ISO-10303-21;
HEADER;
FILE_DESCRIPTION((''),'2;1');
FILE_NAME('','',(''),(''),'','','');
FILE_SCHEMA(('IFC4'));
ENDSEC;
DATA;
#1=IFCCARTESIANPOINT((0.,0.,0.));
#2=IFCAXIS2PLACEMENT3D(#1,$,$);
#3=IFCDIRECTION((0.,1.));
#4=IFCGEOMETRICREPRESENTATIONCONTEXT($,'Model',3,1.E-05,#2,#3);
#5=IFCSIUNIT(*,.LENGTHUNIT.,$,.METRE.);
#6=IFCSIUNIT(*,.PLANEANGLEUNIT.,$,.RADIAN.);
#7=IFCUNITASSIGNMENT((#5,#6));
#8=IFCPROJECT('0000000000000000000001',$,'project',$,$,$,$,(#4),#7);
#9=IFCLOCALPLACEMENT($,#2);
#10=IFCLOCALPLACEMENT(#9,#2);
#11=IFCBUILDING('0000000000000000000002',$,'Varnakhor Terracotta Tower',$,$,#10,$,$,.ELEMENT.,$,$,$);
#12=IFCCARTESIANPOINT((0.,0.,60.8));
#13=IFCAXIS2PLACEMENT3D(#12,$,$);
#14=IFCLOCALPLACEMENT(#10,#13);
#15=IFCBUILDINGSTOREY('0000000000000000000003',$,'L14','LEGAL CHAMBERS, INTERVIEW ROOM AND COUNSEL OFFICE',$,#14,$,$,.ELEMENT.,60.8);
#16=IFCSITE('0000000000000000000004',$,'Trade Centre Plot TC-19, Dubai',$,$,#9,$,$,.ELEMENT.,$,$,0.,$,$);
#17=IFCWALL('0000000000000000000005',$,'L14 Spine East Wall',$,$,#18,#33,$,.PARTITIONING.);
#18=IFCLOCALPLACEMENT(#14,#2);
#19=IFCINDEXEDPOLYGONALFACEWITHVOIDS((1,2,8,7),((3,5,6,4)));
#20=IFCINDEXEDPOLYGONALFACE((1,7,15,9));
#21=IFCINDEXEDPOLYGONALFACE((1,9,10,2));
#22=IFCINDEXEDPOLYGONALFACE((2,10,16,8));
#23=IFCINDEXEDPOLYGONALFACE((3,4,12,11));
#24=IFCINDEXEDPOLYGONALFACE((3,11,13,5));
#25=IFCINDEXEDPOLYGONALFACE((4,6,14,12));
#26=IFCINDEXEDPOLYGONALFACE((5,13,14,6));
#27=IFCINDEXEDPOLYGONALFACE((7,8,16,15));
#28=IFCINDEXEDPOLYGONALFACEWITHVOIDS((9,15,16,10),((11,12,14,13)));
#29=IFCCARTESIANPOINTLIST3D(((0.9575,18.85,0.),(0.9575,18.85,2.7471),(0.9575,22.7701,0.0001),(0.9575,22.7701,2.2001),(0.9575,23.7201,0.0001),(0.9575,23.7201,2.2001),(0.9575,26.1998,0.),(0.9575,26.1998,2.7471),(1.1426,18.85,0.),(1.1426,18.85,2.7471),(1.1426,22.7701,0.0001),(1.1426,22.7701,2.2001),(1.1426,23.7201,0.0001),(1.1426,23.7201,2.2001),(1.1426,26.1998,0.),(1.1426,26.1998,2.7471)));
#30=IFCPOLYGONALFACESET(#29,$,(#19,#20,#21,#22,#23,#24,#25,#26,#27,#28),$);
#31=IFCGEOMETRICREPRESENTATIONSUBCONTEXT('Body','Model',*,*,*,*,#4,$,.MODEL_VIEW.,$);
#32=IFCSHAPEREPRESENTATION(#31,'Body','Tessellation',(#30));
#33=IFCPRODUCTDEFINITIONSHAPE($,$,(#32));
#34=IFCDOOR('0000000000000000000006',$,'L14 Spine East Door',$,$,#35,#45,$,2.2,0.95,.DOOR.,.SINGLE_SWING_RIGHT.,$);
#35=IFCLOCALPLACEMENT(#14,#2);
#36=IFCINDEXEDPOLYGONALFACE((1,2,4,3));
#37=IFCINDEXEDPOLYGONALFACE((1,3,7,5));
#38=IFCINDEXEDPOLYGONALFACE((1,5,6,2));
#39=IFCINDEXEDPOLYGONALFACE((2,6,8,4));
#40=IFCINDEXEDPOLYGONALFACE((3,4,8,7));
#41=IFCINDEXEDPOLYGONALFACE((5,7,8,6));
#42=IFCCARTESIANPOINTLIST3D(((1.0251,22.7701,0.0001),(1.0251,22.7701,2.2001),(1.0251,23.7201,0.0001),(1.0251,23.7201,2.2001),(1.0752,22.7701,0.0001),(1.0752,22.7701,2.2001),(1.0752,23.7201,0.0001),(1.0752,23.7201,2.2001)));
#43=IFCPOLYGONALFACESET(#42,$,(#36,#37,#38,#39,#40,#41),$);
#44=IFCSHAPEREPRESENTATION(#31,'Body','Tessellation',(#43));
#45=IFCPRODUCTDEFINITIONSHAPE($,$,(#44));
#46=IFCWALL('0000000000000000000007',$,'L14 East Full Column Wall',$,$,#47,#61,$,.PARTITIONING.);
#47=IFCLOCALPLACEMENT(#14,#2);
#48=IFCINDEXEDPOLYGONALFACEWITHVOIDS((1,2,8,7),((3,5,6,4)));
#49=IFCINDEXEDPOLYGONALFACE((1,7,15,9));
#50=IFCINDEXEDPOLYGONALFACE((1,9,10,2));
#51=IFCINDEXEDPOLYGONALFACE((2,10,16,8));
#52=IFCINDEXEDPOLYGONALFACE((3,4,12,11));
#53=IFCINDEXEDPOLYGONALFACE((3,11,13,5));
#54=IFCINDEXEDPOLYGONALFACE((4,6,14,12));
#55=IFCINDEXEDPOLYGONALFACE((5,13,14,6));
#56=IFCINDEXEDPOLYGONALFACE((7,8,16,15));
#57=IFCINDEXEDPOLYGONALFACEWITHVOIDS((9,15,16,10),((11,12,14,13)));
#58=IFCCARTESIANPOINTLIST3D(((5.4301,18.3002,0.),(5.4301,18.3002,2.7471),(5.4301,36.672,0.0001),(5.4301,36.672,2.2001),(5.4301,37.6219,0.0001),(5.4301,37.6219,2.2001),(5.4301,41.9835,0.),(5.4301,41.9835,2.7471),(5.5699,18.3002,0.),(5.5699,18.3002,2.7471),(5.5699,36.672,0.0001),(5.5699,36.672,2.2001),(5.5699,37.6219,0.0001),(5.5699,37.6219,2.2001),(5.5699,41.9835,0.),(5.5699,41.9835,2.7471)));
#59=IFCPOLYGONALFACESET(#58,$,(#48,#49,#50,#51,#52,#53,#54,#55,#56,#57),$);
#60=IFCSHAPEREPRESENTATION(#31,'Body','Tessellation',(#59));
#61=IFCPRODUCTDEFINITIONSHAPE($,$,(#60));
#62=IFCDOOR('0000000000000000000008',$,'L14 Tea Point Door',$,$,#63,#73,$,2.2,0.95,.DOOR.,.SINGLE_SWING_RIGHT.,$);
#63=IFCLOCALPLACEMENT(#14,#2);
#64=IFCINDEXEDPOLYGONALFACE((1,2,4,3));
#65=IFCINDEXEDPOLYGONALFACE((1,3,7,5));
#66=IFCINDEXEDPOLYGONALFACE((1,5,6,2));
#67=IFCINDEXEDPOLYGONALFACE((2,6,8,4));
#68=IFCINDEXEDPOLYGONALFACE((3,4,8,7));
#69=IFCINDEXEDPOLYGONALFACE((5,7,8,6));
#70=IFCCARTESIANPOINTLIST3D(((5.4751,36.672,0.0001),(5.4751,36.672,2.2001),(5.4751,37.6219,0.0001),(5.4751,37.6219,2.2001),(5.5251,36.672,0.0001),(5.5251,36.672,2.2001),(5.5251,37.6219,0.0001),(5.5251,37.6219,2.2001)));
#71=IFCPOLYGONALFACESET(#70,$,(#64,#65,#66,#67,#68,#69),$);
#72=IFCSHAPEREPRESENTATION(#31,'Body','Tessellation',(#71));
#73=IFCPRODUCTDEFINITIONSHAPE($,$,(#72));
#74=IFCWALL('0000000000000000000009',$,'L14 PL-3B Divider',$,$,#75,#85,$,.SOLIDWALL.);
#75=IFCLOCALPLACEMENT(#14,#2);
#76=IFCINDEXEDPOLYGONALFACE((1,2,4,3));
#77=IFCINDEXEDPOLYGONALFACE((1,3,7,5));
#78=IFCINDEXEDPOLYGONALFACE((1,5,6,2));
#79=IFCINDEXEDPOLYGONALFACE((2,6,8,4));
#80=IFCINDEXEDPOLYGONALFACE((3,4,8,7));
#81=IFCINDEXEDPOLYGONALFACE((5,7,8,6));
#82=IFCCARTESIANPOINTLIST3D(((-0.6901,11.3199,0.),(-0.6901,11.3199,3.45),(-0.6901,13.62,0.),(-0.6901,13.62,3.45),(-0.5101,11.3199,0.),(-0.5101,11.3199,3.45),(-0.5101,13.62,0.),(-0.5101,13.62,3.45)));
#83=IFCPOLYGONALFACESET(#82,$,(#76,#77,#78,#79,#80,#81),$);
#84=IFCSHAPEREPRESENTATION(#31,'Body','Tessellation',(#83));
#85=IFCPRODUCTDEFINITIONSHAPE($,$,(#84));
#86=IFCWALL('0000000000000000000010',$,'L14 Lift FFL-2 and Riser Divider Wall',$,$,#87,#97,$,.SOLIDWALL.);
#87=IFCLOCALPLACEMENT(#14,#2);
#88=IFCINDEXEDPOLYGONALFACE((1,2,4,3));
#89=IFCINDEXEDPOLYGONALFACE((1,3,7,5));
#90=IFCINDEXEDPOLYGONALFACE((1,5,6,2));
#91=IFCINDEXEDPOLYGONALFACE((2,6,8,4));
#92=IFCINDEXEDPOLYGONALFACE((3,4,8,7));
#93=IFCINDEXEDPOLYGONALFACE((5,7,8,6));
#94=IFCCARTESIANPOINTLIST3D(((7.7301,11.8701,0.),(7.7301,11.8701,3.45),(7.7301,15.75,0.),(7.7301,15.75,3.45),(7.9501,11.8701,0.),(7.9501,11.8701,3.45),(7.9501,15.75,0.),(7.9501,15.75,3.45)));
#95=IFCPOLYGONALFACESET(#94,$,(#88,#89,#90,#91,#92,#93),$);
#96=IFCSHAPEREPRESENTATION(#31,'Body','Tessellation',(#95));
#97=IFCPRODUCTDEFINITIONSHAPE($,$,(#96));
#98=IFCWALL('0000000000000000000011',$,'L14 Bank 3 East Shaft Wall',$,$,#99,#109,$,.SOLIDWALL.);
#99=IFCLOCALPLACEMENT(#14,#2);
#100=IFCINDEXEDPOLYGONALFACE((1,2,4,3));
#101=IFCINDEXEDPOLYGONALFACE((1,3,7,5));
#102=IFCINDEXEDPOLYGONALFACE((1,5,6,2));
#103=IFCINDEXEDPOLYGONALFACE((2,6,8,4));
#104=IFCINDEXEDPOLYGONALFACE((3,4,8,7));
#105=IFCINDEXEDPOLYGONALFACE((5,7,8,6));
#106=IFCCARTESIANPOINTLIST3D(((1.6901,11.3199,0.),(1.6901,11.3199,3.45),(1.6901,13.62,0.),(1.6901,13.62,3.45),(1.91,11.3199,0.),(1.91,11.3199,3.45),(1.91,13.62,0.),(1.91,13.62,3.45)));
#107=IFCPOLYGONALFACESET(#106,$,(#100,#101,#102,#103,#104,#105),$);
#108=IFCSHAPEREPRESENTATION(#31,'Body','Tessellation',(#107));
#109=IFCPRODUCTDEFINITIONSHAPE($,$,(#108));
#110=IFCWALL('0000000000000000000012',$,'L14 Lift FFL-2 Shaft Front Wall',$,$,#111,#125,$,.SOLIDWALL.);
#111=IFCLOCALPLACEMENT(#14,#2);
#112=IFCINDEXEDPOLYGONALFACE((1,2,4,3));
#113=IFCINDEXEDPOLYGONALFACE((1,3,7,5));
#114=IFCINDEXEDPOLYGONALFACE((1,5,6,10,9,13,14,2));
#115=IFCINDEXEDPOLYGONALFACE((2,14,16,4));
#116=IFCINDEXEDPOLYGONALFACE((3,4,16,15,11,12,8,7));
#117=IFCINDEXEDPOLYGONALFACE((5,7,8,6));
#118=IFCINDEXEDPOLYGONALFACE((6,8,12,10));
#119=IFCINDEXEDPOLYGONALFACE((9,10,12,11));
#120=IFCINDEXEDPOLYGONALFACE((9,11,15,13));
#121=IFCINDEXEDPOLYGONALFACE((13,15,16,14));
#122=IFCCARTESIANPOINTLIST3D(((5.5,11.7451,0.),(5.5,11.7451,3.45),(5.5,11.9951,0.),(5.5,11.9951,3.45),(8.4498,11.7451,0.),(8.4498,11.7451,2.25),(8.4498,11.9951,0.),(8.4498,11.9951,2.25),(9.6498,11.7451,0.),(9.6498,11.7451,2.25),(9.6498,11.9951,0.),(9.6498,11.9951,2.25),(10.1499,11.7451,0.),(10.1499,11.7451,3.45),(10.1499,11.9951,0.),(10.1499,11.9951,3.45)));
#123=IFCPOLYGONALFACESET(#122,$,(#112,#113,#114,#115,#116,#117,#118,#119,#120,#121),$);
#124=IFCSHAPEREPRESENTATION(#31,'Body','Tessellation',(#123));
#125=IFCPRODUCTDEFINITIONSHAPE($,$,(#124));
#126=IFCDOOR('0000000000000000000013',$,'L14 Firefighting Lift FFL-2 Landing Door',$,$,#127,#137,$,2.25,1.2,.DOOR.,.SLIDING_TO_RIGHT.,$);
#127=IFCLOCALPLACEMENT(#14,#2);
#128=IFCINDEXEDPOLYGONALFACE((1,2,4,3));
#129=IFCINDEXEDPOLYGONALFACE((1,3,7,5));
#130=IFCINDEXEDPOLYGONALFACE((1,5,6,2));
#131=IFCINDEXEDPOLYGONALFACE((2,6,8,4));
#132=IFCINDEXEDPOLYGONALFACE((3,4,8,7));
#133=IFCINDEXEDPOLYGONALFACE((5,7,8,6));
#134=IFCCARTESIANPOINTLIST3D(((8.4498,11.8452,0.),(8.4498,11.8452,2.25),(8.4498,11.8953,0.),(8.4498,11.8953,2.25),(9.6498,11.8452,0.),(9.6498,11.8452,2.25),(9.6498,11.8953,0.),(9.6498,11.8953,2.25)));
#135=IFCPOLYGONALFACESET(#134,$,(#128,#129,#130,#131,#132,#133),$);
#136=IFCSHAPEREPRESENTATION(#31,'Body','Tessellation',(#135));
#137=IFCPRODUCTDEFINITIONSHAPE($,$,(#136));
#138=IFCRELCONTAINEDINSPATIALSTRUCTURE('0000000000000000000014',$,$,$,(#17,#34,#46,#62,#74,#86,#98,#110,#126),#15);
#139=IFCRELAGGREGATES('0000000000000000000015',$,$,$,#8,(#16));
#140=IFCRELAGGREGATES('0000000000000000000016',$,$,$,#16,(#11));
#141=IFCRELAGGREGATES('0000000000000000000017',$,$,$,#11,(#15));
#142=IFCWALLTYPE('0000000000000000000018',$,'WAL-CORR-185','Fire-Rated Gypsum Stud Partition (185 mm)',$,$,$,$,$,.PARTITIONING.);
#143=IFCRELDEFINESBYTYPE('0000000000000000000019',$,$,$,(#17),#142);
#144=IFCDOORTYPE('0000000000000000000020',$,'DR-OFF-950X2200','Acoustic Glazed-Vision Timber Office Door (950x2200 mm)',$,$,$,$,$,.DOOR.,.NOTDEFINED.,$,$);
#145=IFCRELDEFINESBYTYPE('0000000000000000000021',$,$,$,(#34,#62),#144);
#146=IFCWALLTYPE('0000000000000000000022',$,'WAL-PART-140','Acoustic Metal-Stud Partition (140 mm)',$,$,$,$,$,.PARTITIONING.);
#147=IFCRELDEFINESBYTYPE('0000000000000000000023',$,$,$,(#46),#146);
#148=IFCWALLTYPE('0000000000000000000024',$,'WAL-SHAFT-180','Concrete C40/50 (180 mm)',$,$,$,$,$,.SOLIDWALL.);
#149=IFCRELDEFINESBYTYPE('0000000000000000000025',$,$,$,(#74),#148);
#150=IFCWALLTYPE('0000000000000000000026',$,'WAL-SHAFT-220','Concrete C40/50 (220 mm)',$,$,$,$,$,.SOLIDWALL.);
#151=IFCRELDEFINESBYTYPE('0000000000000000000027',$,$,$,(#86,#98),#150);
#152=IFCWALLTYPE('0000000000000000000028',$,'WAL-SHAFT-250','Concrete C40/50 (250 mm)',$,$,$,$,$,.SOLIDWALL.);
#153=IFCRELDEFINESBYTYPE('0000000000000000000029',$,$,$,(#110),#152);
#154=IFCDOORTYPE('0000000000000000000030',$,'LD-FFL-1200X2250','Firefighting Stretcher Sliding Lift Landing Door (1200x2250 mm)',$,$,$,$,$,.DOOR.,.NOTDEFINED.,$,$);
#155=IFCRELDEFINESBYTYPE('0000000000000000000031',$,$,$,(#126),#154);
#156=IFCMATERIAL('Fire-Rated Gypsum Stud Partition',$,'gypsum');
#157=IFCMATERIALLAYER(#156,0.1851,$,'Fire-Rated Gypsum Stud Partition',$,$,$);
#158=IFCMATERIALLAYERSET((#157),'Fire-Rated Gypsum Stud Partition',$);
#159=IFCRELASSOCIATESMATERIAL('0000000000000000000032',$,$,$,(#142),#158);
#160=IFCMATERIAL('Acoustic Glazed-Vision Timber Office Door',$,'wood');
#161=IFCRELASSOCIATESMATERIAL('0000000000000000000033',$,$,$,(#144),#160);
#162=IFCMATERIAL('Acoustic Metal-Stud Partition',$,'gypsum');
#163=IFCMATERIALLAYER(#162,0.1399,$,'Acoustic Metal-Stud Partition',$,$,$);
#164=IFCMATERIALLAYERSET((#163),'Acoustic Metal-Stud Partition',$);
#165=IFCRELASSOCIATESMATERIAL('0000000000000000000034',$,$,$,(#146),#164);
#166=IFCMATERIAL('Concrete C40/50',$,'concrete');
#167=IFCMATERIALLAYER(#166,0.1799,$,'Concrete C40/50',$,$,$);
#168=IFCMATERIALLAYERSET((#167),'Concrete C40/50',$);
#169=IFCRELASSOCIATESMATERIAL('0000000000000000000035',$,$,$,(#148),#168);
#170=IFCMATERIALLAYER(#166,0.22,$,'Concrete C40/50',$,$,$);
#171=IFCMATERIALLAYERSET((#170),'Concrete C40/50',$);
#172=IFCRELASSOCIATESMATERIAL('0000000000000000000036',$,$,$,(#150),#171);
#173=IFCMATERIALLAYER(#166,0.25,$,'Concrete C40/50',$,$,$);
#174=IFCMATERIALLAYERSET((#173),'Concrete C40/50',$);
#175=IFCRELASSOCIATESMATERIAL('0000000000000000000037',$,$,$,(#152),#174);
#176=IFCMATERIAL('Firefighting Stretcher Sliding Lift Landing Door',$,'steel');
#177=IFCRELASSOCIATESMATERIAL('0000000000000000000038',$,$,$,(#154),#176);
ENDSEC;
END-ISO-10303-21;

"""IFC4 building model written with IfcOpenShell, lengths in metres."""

from ifc_helpers import new_model, si_unit, direction, frame, frame_2d, origin, place, context, subcontext, project, spatial, rectangle, extrude, source, transform, mapped, material, layer, layer_set, type_object, type_shapes, element, fill, save


model = new_model("IFC4")

# Units and contexts
model_context = context("Model", 3, precision=1e-05, world=origin(), true_north=direction((0.0, 1.0)))
body_context = subcontext(model_context, "Body", "Model", "MODEL_VIEW")
ifc_project = project(units=[si_unit("LENGTHUNIT", "METRE"), si_unit("PLANEANGLEUNIT", "RADIAN")], contexts=[model_context])

# Site, building, storey
site_placement = place(None, origin())
site = spatial("IfcSite", under=ifc_project, at=site_placement, Name="Trade Centre Plot TC-19, Dubai", CompositionType="ELEMENT", RefElevation=0.0)
building_placement = place(site_placement, origin())
building = spatial("IfcBuilding", under=site, at=building_placement, Name="Varnakhor Terracotta Tower", CompositionType="ELEMENT")
storey_placement = place(building_placement, frame((0.0, 0.0, 60.8)))
storey = spatial("IfcBuildingStorey", under=building, at=storey_placement, Name="L14", Description="LEGAL CHAMBERS, INTERVIEW ROOM AND COUNSEL OFFICE", CompositionType="ELEMENT", Elevation=60.8)

# Shared definitions
ifc_material_1 = material(Name="Fire-Rated Gypsum Stud Partition", Category="gypsum")
ifc_layer_1 = layer(ifc_material_1, 0.1851, Name="Fire-Rated Gypsum Stud Partition")
ifc_layer_set_1 = layer_set([ifc_layer_1], Name="Fire-Rated Gypsum Stud Partition")
wall_type_1 = type_object("IfcWallType", Name="WAL-CORR-185", Description="Fire-Rated Gypsum Stud Partition (185 mm)", PredefinedType="PARTITIONING", material=ifc_layer_set_1)
ifc_material_2 = material(Name="Acoustic Glazed-Vision Timber Office Door", Category="wood")
door_type_1 = type_object("IfcDoorType", Name="DR-OFF-950X2200", Description="Acoustic Glazed-Vision Timber Office Door (950x2200 mm)", OperationType="NOTDEFINED", PredefinedType="DOOR", material=ifc_material_2)
shared_shape_1 = source(origin(), body_context, "Body", "SweptSolid", [
    extrude(rectangle(XDim=0.95, YDim=2.2, at=frame_2d((0.4751, 1.1001))), frame((0.0, 0.0249, 0.0), z_axis=(0.0, -1.0, 0.0), x_axis=(1.0, 0.0, 0.0)), (0.0, 0.0, 1.0), 0.05),
])
type_shapes(door_type_1, [shared_shape_1])

# Walls, openings, doors
wall_1_placement = place(storey_placement, frame((1.05, 18.8501, 0.0), z_axis=(0.0, 0.0, 1.0), x_axis=(0.0, 1.0, 0.0)))
wall_1 = element("IfcWall", 1, at=wall_1_placement, inside=storey, type_object=wall_type_1, Name="L14 Spine East Wall", PredefinedType="PARTITIONING", context=body_context, shape_type="SweptSolid", body=[
    extrude(rectangle(XDim=7.3499, YDim=0.1851, at=frame_2d((3.6748, 0.0))), origin(), (0.0, 0.0, 1.0), 2.7471),
])
opening_1_placement = place(wall_1_placement, frame((3.9199, 0.0, 0.0)))
opening_1 = element("IfcOpeningElement", 2, at=opening_1_placement, cuts=wall_1, PredefinedType="OPENING", context=body_context, shape_type="SweptSolid", body=[
    extrude(rectangle(XDim=0.95, YDim=2.2, at=frame_2d((0.4751, 1.1001))), frame((0.0, 0.1025, 0.0), z_axis=(0.0, -1.0, 0.0), x_axis=(1.0, 0.0, 0.0)), (0.0, 0.0, 1.0), 0.2051),
])
door_1_placement = place(opening_1_placement, origin())
door_1 = element("IfcDoor", 3, at=door_1_placement, inside=storey, type_object=door_type_1, Name="L14 Spine East Door", OperationType="SINGLE_SWING_RIGHT", OverallHeight=2.2, OverallWidth=0.95, PredefinedType="DOOR", context=body_context, shape_type="MappedRepresentation", body=[
    mapped(shared_shape_1, transform((0.0, 0.0, 0.0), scale=1.0)),
])
fill(opening_1, door_1)
ifc_material_3 = material(Name="Acoustic Metal-Stud Partition", Category="gypsum")
ifc_layer_2 = layer(ifc_material_3, 0.1399, Name="Acoustic Metal-Stud Partition")
ifc_layer_set_2 = layer_set([ifc_layer_2], Name="Acoustic Metal-Stud Partition")
wall_type_2 = type_object("IfcWallType", Name="WAL-PART-140", Description="Acoustic Metal-Stud Partition (140 mm)", PredefinedType="PARTITIONING", material=ifc_layer_set_2)
wall_2_placement = place(storey_placement, frame((5.5, 18.3, 0.0), z_axis=(0.0, 0.0, 1.0), x_axis=(0.0, 1.0, 0.0)))
wall_2 = element("IfcWall", 4, at=wall_2_placement, inside=storey, type_object=wall_type_2, Name="L14 East Full Column Wall", PredefinedType="PARTITIONING", context=body_context, shape_type="SweptSolid", body=[
    extrude(rectangle(XDim=23.6833, YDim=0.1399, at=frame_2d((11.8418, 0.0))), origin(), (0.0, 0.0, 1.0), 2.7471),
])
opening_2_placement = place(wall_2_placement, frame((18.3718, 0.0, 0.0)))
opening_2 = element("IfcOpeningElement", 5, at=opening_2_placement, cuts=wall_2, PredefinedType="OPENING", context=body_context, shape_type="SweptSolid", body=[
    extrude(rectangle(XDim=0.95, YDim=2.2, at=frame_2d((0.4751, 1.1001))), frame((0.0, 0.0801, 0.0), z_axis=(0.0, -1.0, 0.0), x_axis=(1.0, 0.0, 0.0)), (0.0, 0.0, 1.0), 0.1599),
])
door_2_placement = place(opening_2_placement, origin())
door_2 = element("IfcDoor", 6, at=door_2_placement, inside=storey, type_object=door_type_1, Name="L14 Tea Point Door", OperationType="SINGLE_SWING_RIGHT", OverallHeight=2.2, OverallWidth=0.95, PredefinedType="DOOR", context=body_context, shape_type="MappedRepresentation", body=[
    mapped(shared_shape_1, transform((0.0, 0.0, 0.0), scale=1.0)),
])
fill(opening_2, door_2)

# Walls
ifc_material_4 = material(Name="Concrete C40/50", Category="concrete")
ifc_layer_3 = layer(ifc_material_4, 0.1799, Name="Concrete C40/50")
ifc_layer_set_3 = layer_set([ifc_layer_3], Name="Concrete C40/50")
wall_type_3 = type_object("IfcWallType", Name="WAL-SHAFT-180", Description="Concrete C40/50 (180 mm)", PredefinedType="SOLIDWALL", material=ifc_layer_set_3)
wall_3_placement = place(storey_placement, frame((-0.6001, 11.3201, 0.0), z_axis=(0.0, 0.0, 1.0), x_axis=(0.0, 1.0, 0.0)))
element("IfcWall", 7, at=wall_3_placement, inside=storey, type_object=wall_type_3, Name="L14 PL-3B Divider", PredefinedType="SOLIDWALL", context=body_context, shape_type="SweptSolid", body=[
    extrude(rectangle(XDim=2.3, YDim=0.1799, at=frame_2d((1.1499, 0.0))), origin(), (0.0, 0.0, 1.0), 3.45),
])
ifc_layer_4 = layer(ifc_material_4, 0.22, Name="Concrete C40/50")
ifc_layer_set_4 = layer_set([ifc_layer_4], Name="Concrete C40/50")
wall_type_4 = type_object("IfcWallType", Name="WAL-SHAFT-220", Description="Concrete C40/50 (220 mm)", PredefinedType="SOLIDWALL", material=ifc_layer_set_4)
wall_4_placement = place(storey_placement, frame((7.8401, 11.8701, 0.0), z_axis=(0.0, 0.0, 1.0), x_axis=(0.0, 1.0, 0.0)))
element("IfcWall", 8, at=wall_4_placement, inside=storey, type_object=wall_type_4, Name="L14 Lift FFL-2 and Riser Divider Wall", PredefinedType="SOLIDWALL", context=body_context, shape_type="SweptSolid", body=[
    extrude(rectangle(XDim=3.8799, YDim=0.22, at=frame_2d((1.9399, 0.0))), origin(), (0.0, 0.0, 1.0), 3.45),
])
wall_5_placement = place(storey_placement, frame((1.8, 11.3201, 0.0), z_axis=(0.0, 0.0, 1.0), x_axis=(0.0, 1.0, 0.0)))
element("IfcWall", 9, at=wall_5_placement, inside=storey, type_object=wall_type_4, Name="L14 Bank 3 East Shaft Wall", PredefinedType="SOLIDWALL", context=body_context, shape_type="SweptSolid", body=[
    extrude(rectangle(XDim=2.3, YDim=0.22, at=frame_2d((1.1499, 0.0))), origin(), (0.0, 0.0, 1.0), 3.45),
])

# Wall, opening, door
ifc_layer_5 = layer(ifc_material_4, 0.25, Name="Concrete C40/50")
ifc_layer_set_5 = layer_set([ifc_layer_5], Name="Concrete C40/50")
wall_type_5 = type_object("IfcWallType", Name="WAL-SHAFT-250", Description="Concrete C40/50 (250 mm)", PredefinedType="SOLIDWALL", material=ifc_layer_set_5)
wall_6_placement = place(storey_placement, frame((10.1499, 11.8701, 0.0), z_axis=(0.0, 0.0, 1.0), x_axis=(-1.0, 0.0, 0.0)))
wall_6 = element("IfcWall", 10, at=wall_6_placement, inside=storey, type_object=wall_type_5, Name="L14 Lift FFL-2 Shaft Front Wall", PredefinedType="SOLIDWALL", context=body_context, shape_type="SweptSolid", body=[
    extrude(rectangle(XDim=4.6499, YDim=0.25, at=frame_2d((2.325, 0.0))), origin(), (0.0, 0.0, 1.0), 3.45),
])
opening_3_placement = place(wall_6_placement, frame((0.5, 0.0, 0.0)))
opening_3 = element("IfcOpeningElement", 11, at=opening_3_placement, cuts=wall_6, PredefinedType="OPENING", context=body_context, shape_type="SweptSolid", body=[
    extrude(rectangle(XDim=1.2, YDim=2.25, at=frame_2d((0.6001, 1.125))), frame((0.0, 0.135, 0.0), z_axis=(0.0, -1.0, 0.0), x_axis=(1.0, 0.0, 0.0)), (0.0, 0.0, 1.0), 0.27),
])
ifc_material_5 = material(Name="Firefighting Stretcher Sliding Lift Landing Door", Category="steel")
door_type_2 = type_object("IfcDoorType", Name="LD-FFL-1200X2250", Description="Firefighting Stretcher Sliding Lift Landing Door (1200x2250 mm)", OperationType="NOTDEFINED", PredefinedType="DOOR", material=ifc_material_5)
shared_shape_2 = source(origin(), body_context, "Body", "SweptSolid", [
    extrude(rectangle(XDim=1.2, YDim=2.25, at=frame_2d((0.6001, 1.125))), frame((0.0, 0.0249, 0.0), z_axis=(0.0, -1.0, 0.0), x_axis=(1.0, 0.0, 0.0)), (0.0, 0.0, 1.0), 0.05),
])
type_shapes(door_type_2, [shared_shape_2])
door_3_placement = place(opening_3_placement, origin())
door_3 = element("IfcDoor", 12, at=door_3_placement, inside=storey, type_object=door_type_2, Name="L14 Firefighting Lift FFL-2 Landing Door", OperationType="SLIDING_TO_RIGHT", OverallHeight=2.25, OverallWidth=1.2, PredefinedType="DOOR", context=body_context, shape_type="MappedRepresentation", body=[
    mapped(shared_shape_2, transform((0.0, 0.0, 0.0), scale=1.0)),
])
fill(opening_3, door_3)

save(model, "model.ifc")
